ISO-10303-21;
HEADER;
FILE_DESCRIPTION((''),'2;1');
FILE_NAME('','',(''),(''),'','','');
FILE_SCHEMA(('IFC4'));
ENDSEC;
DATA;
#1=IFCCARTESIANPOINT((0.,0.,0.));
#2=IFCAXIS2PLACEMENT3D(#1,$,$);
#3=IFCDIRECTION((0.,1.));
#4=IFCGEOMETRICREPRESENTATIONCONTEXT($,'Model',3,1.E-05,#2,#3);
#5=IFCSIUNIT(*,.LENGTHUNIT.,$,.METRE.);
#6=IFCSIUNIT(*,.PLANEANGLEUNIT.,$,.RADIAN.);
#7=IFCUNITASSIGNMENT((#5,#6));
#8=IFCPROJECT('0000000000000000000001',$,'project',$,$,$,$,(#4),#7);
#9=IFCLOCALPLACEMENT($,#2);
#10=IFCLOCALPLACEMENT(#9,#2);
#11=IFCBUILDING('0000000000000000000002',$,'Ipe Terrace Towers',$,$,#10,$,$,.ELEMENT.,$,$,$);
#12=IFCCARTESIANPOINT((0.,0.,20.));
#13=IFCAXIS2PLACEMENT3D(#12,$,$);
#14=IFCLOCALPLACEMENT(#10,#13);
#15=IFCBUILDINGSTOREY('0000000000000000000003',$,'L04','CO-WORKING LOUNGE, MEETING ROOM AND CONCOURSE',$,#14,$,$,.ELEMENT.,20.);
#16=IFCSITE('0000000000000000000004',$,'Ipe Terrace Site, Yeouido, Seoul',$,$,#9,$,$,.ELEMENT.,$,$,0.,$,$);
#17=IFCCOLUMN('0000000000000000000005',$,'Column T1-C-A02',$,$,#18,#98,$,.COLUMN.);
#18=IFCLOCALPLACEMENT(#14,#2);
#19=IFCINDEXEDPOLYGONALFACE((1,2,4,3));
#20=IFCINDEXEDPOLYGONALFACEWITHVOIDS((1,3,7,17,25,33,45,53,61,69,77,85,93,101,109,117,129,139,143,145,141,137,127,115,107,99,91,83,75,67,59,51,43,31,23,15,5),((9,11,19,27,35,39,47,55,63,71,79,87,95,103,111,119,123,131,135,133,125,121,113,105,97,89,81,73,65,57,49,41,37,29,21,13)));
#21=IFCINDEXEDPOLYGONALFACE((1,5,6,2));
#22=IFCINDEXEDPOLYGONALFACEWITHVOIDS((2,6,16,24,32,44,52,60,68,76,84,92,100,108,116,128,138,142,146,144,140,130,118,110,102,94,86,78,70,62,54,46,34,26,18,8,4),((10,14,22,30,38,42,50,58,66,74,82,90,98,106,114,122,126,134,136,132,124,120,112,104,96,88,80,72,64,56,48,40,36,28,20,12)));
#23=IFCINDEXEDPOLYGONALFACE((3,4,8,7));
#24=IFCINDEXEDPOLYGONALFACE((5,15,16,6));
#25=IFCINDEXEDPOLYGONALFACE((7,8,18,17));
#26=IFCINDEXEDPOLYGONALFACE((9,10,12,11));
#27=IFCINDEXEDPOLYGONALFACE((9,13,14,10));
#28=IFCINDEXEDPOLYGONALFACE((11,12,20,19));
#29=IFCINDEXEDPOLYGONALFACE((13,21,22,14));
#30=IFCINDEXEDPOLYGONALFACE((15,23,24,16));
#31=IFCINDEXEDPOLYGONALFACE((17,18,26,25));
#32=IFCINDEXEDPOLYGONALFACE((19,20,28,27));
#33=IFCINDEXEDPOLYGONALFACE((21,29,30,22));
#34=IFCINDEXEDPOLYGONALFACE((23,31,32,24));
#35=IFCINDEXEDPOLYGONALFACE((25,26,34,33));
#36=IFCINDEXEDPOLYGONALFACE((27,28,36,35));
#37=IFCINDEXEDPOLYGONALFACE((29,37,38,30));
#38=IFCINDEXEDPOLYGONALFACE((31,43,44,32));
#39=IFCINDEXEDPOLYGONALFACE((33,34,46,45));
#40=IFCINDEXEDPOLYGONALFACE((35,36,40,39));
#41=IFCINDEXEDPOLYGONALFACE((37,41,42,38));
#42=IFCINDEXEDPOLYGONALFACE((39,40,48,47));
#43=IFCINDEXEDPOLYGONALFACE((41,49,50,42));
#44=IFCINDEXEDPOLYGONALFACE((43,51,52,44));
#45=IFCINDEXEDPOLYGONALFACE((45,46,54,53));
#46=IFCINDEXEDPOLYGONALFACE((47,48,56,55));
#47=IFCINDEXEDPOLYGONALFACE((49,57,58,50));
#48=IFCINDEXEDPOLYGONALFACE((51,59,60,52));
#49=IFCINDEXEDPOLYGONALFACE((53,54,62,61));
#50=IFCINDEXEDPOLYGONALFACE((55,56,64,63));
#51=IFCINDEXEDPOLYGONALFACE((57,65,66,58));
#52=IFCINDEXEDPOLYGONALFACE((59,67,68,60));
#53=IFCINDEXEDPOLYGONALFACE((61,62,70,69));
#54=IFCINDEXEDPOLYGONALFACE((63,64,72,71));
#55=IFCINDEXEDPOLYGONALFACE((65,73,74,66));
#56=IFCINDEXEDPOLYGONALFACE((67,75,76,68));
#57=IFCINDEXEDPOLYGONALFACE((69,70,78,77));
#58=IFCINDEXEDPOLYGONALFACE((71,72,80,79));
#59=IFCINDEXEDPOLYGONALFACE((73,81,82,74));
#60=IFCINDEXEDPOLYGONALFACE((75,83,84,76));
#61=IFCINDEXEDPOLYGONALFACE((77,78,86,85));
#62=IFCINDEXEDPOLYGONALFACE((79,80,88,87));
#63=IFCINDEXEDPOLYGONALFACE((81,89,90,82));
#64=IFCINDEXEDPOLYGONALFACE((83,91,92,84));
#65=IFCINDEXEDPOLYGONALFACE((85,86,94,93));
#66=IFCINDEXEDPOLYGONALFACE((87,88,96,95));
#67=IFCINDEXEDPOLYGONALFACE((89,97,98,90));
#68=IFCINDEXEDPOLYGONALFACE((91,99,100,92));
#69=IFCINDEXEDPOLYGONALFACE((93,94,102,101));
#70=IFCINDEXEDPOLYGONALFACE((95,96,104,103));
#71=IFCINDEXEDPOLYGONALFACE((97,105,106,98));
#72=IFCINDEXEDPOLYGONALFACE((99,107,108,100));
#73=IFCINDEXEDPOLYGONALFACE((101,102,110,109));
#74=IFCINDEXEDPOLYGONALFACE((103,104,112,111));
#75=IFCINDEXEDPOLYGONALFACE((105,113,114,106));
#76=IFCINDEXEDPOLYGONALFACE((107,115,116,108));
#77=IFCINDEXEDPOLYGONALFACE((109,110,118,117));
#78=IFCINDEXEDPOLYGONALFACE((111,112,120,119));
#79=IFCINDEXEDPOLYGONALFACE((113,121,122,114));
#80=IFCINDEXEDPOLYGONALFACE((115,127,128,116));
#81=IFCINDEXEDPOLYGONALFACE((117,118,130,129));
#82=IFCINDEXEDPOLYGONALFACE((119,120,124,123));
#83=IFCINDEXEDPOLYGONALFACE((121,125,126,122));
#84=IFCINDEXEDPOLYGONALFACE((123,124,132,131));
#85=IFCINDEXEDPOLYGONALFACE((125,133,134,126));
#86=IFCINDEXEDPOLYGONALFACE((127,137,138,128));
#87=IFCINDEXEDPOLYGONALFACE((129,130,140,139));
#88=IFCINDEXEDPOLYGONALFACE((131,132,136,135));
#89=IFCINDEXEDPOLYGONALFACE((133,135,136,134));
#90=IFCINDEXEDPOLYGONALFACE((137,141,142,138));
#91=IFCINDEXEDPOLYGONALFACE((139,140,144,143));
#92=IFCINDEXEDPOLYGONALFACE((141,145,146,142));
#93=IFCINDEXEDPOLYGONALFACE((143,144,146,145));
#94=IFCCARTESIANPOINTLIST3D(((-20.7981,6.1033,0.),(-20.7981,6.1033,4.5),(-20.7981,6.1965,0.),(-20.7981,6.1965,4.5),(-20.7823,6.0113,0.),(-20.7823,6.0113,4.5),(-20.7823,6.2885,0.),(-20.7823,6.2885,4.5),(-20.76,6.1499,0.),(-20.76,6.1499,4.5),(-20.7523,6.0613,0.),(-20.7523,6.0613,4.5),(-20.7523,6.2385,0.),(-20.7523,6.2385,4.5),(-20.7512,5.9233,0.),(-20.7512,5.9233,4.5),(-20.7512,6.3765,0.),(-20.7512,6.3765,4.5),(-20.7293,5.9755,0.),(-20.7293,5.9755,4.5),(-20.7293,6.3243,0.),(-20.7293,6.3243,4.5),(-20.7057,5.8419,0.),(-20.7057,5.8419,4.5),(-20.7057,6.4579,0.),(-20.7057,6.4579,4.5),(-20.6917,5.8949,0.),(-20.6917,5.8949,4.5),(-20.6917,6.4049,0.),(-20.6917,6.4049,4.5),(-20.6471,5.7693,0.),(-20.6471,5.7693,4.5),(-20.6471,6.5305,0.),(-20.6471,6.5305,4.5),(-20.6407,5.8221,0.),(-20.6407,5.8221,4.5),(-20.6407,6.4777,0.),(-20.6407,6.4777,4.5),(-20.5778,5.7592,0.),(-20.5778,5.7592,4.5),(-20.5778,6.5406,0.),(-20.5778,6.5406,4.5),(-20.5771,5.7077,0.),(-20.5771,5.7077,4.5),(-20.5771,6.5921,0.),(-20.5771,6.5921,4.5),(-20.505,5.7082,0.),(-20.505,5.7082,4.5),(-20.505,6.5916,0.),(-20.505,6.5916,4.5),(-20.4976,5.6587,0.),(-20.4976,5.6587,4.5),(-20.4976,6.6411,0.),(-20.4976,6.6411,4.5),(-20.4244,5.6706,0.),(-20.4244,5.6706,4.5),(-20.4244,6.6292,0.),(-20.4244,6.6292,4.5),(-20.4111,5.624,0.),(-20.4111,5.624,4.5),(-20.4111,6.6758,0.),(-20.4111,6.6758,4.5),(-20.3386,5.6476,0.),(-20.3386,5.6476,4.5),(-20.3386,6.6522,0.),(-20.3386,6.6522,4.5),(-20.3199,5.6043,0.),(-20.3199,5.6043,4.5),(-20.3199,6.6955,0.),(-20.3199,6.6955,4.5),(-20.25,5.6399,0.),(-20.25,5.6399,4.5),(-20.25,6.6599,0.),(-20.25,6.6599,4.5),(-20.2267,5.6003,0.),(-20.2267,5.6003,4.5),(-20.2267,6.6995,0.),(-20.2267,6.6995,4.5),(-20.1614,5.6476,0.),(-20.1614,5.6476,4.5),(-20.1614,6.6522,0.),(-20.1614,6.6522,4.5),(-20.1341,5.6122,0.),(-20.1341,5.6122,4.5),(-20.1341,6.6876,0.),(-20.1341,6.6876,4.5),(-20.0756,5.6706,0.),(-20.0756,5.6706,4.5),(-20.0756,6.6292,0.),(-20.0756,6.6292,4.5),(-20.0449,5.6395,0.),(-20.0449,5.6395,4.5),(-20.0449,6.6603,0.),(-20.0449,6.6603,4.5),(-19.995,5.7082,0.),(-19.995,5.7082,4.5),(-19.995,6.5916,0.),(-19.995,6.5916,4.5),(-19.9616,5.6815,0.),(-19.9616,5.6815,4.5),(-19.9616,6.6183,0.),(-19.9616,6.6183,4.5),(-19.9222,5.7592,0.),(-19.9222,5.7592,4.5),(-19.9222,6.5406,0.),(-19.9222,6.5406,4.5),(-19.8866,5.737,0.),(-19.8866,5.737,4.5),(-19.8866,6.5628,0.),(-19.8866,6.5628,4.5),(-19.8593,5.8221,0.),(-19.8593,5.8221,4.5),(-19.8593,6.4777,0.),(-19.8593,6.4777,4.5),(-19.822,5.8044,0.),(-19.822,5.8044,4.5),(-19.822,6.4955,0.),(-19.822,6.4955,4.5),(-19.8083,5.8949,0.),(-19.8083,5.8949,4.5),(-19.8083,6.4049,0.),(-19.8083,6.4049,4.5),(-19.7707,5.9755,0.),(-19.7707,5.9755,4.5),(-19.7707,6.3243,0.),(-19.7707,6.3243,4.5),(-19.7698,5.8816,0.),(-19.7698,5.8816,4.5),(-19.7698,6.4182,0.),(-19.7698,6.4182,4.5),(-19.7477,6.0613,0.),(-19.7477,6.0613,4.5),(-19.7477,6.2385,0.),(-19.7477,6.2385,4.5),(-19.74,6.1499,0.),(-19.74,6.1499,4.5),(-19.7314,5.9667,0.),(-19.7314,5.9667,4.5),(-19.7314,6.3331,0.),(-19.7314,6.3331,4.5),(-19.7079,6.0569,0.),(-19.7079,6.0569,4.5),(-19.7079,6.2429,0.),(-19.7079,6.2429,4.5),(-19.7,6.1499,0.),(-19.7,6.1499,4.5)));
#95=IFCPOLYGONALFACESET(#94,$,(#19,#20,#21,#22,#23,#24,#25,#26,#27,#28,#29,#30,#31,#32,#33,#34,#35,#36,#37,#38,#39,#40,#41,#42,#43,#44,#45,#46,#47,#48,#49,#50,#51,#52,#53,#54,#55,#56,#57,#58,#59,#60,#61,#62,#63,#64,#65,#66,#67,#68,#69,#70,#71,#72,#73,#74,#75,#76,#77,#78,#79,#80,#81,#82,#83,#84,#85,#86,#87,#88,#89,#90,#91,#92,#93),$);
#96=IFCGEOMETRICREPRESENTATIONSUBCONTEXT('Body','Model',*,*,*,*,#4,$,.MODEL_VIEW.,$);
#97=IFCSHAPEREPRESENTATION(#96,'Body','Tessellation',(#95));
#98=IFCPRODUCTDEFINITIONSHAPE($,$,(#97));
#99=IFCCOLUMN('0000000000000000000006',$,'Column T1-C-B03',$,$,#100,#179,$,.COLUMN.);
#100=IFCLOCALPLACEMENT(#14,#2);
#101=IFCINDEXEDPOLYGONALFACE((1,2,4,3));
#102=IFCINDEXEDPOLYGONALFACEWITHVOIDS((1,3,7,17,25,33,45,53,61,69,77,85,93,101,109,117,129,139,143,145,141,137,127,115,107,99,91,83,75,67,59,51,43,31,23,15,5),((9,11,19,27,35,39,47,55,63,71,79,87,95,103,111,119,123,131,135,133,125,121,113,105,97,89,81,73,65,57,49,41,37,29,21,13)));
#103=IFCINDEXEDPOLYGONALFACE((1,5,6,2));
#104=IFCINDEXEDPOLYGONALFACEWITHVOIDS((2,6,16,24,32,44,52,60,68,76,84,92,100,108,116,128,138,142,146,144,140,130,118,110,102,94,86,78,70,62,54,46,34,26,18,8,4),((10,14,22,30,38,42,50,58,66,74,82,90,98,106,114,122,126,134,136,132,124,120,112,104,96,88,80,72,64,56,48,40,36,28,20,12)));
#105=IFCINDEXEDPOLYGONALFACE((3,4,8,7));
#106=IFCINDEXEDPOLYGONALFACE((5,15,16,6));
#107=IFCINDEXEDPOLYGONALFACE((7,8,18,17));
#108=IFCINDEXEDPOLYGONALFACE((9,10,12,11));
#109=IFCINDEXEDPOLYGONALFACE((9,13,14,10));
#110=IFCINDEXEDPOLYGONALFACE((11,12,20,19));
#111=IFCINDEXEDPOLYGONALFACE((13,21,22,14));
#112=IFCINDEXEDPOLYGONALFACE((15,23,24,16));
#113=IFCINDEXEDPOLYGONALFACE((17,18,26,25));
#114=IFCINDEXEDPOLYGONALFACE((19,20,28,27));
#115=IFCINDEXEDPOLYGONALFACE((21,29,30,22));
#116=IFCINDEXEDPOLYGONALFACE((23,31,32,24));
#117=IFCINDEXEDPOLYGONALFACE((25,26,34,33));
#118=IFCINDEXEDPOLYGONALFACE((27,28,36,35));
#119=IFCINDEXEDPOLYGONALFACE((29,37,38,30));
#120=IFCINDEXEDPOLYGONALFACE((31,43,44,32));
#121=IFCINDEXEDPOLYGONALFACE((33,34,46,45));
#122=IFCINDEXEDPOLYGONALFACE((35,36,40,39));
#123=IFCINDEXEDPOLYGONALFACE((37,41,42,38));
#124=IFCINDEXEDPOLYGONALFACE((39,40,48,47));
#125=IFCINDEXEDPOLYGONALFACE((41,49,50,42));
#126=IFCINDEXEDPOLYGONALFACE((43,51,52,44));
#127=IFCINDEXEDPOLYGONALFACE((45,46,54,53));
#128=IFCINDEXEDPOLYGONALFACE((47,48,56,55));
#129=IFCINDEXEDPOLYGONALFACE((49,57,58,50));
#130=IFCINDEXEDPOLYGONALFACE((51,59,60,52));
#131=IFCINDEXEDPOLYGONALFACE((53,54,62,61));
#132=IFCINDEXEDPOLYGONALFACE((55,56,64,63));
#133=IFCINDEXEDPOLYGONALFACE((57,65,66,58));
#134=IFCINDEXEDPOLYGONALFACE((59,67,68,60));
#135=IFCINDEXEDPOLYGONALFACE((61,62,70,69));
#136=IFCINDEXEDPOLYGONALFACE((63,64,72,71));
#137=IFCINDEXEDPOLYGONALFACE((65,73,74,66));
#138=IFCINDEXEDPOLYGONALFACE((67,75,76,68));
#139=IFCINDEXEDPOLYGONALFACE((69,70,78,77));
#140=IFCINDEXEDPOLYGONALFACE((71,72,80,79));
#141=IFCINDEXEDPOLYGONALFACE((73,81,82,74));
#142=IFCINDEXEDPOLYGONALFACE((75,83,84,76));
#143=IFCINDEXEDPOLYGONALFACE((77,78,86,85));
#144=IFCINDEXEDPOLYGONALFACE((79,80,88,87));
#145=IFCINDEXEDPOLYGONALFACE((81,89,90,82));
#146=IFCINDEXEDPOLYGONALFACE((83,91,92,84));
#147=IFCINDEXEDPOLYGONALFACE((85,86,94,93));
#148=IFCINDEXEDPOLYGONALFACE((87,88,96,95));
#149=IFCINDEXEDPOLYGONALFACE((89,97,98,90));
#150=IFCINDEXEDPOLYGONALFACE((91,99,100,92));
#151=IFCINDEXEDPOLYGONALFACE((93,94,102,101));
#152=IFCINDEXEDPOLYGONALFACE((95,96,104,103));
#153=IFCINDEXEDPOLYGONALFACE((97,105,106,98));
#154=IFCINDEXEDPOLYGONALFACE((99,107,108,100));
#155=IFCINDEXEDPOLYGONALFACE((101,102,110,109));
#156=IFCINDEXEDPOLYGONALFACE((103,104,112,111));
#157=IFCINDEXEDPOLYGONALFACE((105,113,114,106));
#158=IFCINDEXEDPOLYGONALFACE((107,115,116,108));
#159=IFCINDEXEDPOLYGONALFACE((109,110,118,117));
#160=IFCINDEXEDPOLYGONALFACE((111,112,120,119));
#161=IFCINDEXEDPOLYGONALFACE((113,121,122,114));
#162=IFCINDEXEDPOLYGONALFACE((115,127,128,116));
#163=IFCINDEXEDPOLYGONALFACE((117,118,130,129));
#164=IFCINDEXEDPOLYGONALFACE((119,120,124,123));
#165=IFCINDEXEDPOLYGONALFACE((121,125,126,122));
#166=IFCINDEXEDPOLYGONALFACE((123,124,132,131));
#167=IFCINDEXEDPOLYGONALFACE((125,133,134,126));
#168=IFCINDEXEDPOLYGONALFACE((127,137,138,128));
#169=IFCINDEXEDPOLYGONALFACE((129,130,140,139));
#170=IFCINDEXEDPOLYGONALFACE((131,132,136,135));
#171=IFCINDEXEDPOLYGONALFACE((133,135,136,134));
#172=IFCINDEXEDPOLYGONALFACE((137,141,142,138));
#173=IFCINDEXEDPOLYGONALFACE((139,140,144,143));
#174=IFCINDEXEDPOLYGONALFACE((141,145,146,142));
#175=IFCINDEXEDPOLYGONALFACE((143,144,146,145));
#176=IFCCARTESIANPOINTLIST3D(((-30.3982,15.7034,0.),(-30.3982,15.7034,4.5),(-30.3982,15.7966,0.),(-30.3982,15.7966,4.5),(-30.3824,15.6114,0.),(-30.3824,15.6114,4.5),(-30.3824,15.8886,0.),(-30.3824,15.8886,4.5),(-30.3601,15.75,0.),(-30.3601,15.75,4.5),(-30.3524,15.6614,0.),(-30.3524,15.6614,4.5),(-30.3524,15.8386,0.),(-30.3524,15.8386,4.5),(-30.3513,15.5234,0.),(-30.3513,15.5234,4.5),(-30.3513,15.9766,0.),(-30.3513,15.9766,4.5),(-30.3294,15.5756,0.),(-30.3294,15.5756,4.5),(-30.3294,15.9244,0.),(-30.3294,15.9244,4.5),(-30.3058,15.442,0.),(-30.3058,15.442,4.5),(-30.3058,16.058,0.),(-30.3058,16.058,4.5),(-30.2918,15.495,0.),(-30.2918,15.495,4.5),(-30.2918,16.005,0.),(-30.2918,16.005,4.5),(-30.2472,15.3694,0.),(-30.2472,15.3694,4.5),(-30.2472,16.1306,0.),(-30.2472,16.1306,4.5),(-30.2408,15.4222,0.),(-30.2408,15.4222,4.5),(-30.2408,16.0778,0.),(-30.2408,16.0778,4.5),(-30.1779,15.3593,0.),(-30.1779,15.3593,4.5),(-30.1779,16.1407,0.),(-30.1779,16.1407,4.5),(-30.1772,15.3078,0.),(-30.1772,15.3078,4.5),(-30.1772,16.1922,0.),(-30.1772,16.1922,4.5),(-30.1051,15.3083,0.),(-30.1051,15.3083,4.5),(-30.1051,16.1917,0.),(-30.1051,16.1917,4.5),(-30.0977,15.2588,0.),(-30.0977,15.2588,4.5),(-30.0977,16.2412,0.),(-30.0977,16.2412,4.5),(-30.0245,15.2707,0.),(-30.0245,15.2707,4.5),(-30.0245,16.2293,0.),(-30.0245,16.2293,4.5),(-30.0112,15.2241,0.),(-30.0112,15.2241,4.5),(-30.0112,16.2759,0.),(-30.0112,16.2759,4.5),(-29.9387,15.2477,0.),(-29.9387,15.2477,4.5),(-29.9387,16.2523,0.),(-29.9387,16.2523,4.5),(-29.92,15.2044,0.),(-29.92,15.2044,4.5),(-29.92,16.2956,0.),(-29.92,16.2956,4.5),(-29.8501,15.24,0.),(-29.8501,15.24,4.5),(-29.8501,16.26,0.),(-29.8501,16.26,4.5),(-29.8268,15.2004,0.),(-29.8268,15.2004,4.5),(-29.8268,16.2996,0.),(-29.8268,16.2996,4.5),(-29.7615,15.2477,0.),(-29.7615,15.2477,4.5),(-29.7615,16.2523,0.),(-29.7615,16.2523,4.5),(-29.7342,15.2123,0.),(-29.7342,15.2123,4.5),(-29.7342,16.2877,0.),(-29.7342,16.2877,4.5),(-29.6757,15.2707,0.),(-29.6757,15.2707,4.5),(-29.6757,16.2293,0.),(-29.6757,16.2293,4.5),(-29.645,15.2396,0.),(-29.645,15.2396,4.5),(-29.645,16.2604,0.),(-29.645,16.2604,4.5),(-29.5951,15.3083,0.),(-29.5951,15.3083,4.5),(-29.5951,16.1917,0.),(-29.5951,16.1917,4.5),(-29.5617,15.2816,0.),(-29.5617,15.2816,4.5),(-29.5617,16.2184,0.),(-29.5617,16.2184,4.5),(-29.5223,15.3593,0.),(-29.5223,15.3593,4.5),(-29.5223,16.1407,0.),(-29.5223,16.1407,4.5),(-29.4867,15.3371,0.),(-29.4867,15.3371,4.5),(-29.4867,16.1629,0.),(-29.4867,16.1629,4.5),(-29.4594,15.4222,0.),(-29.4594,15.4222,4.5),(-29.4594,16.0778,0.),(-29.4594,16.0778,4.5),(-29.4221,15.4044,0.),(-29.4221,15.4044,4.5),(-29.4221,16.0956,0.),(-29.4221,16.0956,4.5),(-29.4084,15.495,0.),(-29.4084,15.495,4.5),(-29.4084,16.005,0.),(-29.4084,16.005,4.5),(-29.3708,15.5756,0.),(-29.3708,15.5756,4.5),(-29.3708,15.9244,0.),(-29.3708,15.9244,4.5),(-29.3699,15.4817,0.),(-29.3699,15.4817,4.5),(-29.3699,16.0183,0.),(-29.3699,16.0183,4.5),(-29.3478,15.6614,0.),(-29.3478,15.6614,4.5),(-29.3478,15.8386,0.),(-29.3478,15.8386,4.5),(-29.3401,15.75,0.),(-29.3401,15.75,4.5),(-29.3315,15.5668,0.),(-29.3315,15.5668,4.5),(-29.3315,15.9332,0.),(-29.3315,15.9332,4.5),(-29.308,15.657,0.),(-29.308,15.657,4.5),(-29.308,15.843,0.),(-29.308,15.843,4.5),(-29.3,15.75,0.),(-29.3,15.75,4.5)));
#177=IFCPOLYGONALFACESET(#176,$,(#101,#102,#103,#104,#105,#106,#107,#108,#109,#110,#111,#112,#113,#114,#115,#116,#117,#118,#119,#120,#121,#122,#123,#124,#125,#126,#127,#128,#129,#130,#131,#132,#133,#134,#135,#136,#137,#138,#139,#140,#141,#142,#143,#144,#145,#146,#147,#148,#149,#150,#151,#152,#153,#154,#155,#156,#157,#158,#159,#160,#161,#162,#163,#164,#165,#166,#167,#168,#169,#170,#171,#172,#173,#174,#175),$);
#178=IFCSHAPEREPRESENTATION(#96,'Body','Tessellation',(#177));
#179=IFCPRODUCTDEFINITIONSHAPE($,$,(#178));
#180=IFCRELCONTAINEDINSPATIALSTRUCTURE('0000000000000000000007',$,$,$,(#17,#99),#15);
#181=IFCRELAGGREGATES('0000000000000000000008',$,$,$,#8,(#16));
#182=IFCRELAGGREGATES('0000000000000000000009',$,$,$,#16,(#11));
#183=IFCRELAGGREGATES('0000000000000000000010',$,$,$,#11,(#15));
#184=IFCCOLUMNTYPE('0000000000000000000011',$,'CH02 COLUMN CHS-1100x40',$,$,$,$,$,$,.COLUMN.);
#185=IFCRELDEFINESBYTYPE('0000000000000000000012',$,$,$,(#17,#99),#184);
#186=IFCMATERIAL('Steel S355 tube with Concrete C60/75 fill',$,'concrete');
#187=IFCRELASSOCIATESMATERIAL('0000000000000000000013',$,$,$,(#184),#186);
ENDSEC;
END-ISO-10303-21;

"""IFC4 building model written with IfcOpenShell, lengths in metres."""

from ifc_helpers import new_model, si_unit, direction, frame, origin, origin_2d, place, context, subcontext, project, spatial, hollow_circle, extrude, material, material_profile, profile_set, type_object, element, save


model = new_model("IFC4")

# Units and contexts
model_context = context("Model", 3, precision=1e-05, world=origin(), true_north=direction((0.0, 1.0)))
body_context = subcontext(model_context, "Body", "Model", "MODEL_VIEW")
ifc_project = project(units=[si_unit("LENGTHUNIT", "METRE"), si_unit("PLANEANGLEUNIT", "RADIAN")], contexts=[model_context])

# Site, building, storey
site_placement = place(None, origin())
site = spatial("IfcSite", under=ifc_project, at=site_placement, Name="Ipe Terrace Site, Yeouido, Seoul", CompositionType="ELEMENT", RefElevation=0.0)
building_placement = place(site_placement, origin())
building = spatial("IfcBuilding", under=site, at=building_placement, Name="Ipe Terrace Towers", CompositionType="ELEMENT")
storey_placement = place(building_placement, frame((0.0, 0.0, 20.0)))
storey = spatial("IfcBuildingStorey", under=building, at=storey_placement, Name="L04", Description="CO-WORKING LOUNGE, MEETING ROOM AND CONCOURSE", CompositionType="ELEMENT", Elevation=20.0)

# Columns
ifc_material_1 = material(Name="Steel S355 tube with Concrete C60/75 fill", Category="concrete")
ifc_material_profile_1 = material_profile(ifc_material_1, hollow_circle(Radius=0.55, WallThickness=0.04, at=origin_2d()), Name="CHS-1100x40")
ifc_profile_set_1 = profile_set([ifc_material_profile_1], Name="Steel S355 tube with Concrete C60/75 fill")
column_type_1 = type_object("IfcColumnType", Name="CH02 COLUMN CHS-1100x40", PredefinedType="COLUMN", material=ifc_profile_set_1)
for number, where, z_axis, x_axis, name in (
    (1, (-20.25, 6.1499, 0.0), (0.0, 0.0, 1.0), (1.0, 0.0, 0.0), "Column T1-C-A02"),
    (2, (-29.8501, 15.75, 0.0), (0.0, 0.0, 1.0), (1.0, 0.0, 0.0), "Column T1-C-B03"),
):
    element("IfcColumn", number, at=place(storey_placement, frame(where, z_axis=z_axis, x_axis=x_axis)), inside=storey, type_object=column_type_1, Name=name, PredefinedType="COLUMN", context=body_context, shape_type="SweptSolid", body=[
        extrude(hollow_circle(Radius=0.55, WallThickness=0.04, at=origin_2d()), origin(), (0.0, 0.0, 1.0), 4.5),
    ])

save(model, "model.ifc")
